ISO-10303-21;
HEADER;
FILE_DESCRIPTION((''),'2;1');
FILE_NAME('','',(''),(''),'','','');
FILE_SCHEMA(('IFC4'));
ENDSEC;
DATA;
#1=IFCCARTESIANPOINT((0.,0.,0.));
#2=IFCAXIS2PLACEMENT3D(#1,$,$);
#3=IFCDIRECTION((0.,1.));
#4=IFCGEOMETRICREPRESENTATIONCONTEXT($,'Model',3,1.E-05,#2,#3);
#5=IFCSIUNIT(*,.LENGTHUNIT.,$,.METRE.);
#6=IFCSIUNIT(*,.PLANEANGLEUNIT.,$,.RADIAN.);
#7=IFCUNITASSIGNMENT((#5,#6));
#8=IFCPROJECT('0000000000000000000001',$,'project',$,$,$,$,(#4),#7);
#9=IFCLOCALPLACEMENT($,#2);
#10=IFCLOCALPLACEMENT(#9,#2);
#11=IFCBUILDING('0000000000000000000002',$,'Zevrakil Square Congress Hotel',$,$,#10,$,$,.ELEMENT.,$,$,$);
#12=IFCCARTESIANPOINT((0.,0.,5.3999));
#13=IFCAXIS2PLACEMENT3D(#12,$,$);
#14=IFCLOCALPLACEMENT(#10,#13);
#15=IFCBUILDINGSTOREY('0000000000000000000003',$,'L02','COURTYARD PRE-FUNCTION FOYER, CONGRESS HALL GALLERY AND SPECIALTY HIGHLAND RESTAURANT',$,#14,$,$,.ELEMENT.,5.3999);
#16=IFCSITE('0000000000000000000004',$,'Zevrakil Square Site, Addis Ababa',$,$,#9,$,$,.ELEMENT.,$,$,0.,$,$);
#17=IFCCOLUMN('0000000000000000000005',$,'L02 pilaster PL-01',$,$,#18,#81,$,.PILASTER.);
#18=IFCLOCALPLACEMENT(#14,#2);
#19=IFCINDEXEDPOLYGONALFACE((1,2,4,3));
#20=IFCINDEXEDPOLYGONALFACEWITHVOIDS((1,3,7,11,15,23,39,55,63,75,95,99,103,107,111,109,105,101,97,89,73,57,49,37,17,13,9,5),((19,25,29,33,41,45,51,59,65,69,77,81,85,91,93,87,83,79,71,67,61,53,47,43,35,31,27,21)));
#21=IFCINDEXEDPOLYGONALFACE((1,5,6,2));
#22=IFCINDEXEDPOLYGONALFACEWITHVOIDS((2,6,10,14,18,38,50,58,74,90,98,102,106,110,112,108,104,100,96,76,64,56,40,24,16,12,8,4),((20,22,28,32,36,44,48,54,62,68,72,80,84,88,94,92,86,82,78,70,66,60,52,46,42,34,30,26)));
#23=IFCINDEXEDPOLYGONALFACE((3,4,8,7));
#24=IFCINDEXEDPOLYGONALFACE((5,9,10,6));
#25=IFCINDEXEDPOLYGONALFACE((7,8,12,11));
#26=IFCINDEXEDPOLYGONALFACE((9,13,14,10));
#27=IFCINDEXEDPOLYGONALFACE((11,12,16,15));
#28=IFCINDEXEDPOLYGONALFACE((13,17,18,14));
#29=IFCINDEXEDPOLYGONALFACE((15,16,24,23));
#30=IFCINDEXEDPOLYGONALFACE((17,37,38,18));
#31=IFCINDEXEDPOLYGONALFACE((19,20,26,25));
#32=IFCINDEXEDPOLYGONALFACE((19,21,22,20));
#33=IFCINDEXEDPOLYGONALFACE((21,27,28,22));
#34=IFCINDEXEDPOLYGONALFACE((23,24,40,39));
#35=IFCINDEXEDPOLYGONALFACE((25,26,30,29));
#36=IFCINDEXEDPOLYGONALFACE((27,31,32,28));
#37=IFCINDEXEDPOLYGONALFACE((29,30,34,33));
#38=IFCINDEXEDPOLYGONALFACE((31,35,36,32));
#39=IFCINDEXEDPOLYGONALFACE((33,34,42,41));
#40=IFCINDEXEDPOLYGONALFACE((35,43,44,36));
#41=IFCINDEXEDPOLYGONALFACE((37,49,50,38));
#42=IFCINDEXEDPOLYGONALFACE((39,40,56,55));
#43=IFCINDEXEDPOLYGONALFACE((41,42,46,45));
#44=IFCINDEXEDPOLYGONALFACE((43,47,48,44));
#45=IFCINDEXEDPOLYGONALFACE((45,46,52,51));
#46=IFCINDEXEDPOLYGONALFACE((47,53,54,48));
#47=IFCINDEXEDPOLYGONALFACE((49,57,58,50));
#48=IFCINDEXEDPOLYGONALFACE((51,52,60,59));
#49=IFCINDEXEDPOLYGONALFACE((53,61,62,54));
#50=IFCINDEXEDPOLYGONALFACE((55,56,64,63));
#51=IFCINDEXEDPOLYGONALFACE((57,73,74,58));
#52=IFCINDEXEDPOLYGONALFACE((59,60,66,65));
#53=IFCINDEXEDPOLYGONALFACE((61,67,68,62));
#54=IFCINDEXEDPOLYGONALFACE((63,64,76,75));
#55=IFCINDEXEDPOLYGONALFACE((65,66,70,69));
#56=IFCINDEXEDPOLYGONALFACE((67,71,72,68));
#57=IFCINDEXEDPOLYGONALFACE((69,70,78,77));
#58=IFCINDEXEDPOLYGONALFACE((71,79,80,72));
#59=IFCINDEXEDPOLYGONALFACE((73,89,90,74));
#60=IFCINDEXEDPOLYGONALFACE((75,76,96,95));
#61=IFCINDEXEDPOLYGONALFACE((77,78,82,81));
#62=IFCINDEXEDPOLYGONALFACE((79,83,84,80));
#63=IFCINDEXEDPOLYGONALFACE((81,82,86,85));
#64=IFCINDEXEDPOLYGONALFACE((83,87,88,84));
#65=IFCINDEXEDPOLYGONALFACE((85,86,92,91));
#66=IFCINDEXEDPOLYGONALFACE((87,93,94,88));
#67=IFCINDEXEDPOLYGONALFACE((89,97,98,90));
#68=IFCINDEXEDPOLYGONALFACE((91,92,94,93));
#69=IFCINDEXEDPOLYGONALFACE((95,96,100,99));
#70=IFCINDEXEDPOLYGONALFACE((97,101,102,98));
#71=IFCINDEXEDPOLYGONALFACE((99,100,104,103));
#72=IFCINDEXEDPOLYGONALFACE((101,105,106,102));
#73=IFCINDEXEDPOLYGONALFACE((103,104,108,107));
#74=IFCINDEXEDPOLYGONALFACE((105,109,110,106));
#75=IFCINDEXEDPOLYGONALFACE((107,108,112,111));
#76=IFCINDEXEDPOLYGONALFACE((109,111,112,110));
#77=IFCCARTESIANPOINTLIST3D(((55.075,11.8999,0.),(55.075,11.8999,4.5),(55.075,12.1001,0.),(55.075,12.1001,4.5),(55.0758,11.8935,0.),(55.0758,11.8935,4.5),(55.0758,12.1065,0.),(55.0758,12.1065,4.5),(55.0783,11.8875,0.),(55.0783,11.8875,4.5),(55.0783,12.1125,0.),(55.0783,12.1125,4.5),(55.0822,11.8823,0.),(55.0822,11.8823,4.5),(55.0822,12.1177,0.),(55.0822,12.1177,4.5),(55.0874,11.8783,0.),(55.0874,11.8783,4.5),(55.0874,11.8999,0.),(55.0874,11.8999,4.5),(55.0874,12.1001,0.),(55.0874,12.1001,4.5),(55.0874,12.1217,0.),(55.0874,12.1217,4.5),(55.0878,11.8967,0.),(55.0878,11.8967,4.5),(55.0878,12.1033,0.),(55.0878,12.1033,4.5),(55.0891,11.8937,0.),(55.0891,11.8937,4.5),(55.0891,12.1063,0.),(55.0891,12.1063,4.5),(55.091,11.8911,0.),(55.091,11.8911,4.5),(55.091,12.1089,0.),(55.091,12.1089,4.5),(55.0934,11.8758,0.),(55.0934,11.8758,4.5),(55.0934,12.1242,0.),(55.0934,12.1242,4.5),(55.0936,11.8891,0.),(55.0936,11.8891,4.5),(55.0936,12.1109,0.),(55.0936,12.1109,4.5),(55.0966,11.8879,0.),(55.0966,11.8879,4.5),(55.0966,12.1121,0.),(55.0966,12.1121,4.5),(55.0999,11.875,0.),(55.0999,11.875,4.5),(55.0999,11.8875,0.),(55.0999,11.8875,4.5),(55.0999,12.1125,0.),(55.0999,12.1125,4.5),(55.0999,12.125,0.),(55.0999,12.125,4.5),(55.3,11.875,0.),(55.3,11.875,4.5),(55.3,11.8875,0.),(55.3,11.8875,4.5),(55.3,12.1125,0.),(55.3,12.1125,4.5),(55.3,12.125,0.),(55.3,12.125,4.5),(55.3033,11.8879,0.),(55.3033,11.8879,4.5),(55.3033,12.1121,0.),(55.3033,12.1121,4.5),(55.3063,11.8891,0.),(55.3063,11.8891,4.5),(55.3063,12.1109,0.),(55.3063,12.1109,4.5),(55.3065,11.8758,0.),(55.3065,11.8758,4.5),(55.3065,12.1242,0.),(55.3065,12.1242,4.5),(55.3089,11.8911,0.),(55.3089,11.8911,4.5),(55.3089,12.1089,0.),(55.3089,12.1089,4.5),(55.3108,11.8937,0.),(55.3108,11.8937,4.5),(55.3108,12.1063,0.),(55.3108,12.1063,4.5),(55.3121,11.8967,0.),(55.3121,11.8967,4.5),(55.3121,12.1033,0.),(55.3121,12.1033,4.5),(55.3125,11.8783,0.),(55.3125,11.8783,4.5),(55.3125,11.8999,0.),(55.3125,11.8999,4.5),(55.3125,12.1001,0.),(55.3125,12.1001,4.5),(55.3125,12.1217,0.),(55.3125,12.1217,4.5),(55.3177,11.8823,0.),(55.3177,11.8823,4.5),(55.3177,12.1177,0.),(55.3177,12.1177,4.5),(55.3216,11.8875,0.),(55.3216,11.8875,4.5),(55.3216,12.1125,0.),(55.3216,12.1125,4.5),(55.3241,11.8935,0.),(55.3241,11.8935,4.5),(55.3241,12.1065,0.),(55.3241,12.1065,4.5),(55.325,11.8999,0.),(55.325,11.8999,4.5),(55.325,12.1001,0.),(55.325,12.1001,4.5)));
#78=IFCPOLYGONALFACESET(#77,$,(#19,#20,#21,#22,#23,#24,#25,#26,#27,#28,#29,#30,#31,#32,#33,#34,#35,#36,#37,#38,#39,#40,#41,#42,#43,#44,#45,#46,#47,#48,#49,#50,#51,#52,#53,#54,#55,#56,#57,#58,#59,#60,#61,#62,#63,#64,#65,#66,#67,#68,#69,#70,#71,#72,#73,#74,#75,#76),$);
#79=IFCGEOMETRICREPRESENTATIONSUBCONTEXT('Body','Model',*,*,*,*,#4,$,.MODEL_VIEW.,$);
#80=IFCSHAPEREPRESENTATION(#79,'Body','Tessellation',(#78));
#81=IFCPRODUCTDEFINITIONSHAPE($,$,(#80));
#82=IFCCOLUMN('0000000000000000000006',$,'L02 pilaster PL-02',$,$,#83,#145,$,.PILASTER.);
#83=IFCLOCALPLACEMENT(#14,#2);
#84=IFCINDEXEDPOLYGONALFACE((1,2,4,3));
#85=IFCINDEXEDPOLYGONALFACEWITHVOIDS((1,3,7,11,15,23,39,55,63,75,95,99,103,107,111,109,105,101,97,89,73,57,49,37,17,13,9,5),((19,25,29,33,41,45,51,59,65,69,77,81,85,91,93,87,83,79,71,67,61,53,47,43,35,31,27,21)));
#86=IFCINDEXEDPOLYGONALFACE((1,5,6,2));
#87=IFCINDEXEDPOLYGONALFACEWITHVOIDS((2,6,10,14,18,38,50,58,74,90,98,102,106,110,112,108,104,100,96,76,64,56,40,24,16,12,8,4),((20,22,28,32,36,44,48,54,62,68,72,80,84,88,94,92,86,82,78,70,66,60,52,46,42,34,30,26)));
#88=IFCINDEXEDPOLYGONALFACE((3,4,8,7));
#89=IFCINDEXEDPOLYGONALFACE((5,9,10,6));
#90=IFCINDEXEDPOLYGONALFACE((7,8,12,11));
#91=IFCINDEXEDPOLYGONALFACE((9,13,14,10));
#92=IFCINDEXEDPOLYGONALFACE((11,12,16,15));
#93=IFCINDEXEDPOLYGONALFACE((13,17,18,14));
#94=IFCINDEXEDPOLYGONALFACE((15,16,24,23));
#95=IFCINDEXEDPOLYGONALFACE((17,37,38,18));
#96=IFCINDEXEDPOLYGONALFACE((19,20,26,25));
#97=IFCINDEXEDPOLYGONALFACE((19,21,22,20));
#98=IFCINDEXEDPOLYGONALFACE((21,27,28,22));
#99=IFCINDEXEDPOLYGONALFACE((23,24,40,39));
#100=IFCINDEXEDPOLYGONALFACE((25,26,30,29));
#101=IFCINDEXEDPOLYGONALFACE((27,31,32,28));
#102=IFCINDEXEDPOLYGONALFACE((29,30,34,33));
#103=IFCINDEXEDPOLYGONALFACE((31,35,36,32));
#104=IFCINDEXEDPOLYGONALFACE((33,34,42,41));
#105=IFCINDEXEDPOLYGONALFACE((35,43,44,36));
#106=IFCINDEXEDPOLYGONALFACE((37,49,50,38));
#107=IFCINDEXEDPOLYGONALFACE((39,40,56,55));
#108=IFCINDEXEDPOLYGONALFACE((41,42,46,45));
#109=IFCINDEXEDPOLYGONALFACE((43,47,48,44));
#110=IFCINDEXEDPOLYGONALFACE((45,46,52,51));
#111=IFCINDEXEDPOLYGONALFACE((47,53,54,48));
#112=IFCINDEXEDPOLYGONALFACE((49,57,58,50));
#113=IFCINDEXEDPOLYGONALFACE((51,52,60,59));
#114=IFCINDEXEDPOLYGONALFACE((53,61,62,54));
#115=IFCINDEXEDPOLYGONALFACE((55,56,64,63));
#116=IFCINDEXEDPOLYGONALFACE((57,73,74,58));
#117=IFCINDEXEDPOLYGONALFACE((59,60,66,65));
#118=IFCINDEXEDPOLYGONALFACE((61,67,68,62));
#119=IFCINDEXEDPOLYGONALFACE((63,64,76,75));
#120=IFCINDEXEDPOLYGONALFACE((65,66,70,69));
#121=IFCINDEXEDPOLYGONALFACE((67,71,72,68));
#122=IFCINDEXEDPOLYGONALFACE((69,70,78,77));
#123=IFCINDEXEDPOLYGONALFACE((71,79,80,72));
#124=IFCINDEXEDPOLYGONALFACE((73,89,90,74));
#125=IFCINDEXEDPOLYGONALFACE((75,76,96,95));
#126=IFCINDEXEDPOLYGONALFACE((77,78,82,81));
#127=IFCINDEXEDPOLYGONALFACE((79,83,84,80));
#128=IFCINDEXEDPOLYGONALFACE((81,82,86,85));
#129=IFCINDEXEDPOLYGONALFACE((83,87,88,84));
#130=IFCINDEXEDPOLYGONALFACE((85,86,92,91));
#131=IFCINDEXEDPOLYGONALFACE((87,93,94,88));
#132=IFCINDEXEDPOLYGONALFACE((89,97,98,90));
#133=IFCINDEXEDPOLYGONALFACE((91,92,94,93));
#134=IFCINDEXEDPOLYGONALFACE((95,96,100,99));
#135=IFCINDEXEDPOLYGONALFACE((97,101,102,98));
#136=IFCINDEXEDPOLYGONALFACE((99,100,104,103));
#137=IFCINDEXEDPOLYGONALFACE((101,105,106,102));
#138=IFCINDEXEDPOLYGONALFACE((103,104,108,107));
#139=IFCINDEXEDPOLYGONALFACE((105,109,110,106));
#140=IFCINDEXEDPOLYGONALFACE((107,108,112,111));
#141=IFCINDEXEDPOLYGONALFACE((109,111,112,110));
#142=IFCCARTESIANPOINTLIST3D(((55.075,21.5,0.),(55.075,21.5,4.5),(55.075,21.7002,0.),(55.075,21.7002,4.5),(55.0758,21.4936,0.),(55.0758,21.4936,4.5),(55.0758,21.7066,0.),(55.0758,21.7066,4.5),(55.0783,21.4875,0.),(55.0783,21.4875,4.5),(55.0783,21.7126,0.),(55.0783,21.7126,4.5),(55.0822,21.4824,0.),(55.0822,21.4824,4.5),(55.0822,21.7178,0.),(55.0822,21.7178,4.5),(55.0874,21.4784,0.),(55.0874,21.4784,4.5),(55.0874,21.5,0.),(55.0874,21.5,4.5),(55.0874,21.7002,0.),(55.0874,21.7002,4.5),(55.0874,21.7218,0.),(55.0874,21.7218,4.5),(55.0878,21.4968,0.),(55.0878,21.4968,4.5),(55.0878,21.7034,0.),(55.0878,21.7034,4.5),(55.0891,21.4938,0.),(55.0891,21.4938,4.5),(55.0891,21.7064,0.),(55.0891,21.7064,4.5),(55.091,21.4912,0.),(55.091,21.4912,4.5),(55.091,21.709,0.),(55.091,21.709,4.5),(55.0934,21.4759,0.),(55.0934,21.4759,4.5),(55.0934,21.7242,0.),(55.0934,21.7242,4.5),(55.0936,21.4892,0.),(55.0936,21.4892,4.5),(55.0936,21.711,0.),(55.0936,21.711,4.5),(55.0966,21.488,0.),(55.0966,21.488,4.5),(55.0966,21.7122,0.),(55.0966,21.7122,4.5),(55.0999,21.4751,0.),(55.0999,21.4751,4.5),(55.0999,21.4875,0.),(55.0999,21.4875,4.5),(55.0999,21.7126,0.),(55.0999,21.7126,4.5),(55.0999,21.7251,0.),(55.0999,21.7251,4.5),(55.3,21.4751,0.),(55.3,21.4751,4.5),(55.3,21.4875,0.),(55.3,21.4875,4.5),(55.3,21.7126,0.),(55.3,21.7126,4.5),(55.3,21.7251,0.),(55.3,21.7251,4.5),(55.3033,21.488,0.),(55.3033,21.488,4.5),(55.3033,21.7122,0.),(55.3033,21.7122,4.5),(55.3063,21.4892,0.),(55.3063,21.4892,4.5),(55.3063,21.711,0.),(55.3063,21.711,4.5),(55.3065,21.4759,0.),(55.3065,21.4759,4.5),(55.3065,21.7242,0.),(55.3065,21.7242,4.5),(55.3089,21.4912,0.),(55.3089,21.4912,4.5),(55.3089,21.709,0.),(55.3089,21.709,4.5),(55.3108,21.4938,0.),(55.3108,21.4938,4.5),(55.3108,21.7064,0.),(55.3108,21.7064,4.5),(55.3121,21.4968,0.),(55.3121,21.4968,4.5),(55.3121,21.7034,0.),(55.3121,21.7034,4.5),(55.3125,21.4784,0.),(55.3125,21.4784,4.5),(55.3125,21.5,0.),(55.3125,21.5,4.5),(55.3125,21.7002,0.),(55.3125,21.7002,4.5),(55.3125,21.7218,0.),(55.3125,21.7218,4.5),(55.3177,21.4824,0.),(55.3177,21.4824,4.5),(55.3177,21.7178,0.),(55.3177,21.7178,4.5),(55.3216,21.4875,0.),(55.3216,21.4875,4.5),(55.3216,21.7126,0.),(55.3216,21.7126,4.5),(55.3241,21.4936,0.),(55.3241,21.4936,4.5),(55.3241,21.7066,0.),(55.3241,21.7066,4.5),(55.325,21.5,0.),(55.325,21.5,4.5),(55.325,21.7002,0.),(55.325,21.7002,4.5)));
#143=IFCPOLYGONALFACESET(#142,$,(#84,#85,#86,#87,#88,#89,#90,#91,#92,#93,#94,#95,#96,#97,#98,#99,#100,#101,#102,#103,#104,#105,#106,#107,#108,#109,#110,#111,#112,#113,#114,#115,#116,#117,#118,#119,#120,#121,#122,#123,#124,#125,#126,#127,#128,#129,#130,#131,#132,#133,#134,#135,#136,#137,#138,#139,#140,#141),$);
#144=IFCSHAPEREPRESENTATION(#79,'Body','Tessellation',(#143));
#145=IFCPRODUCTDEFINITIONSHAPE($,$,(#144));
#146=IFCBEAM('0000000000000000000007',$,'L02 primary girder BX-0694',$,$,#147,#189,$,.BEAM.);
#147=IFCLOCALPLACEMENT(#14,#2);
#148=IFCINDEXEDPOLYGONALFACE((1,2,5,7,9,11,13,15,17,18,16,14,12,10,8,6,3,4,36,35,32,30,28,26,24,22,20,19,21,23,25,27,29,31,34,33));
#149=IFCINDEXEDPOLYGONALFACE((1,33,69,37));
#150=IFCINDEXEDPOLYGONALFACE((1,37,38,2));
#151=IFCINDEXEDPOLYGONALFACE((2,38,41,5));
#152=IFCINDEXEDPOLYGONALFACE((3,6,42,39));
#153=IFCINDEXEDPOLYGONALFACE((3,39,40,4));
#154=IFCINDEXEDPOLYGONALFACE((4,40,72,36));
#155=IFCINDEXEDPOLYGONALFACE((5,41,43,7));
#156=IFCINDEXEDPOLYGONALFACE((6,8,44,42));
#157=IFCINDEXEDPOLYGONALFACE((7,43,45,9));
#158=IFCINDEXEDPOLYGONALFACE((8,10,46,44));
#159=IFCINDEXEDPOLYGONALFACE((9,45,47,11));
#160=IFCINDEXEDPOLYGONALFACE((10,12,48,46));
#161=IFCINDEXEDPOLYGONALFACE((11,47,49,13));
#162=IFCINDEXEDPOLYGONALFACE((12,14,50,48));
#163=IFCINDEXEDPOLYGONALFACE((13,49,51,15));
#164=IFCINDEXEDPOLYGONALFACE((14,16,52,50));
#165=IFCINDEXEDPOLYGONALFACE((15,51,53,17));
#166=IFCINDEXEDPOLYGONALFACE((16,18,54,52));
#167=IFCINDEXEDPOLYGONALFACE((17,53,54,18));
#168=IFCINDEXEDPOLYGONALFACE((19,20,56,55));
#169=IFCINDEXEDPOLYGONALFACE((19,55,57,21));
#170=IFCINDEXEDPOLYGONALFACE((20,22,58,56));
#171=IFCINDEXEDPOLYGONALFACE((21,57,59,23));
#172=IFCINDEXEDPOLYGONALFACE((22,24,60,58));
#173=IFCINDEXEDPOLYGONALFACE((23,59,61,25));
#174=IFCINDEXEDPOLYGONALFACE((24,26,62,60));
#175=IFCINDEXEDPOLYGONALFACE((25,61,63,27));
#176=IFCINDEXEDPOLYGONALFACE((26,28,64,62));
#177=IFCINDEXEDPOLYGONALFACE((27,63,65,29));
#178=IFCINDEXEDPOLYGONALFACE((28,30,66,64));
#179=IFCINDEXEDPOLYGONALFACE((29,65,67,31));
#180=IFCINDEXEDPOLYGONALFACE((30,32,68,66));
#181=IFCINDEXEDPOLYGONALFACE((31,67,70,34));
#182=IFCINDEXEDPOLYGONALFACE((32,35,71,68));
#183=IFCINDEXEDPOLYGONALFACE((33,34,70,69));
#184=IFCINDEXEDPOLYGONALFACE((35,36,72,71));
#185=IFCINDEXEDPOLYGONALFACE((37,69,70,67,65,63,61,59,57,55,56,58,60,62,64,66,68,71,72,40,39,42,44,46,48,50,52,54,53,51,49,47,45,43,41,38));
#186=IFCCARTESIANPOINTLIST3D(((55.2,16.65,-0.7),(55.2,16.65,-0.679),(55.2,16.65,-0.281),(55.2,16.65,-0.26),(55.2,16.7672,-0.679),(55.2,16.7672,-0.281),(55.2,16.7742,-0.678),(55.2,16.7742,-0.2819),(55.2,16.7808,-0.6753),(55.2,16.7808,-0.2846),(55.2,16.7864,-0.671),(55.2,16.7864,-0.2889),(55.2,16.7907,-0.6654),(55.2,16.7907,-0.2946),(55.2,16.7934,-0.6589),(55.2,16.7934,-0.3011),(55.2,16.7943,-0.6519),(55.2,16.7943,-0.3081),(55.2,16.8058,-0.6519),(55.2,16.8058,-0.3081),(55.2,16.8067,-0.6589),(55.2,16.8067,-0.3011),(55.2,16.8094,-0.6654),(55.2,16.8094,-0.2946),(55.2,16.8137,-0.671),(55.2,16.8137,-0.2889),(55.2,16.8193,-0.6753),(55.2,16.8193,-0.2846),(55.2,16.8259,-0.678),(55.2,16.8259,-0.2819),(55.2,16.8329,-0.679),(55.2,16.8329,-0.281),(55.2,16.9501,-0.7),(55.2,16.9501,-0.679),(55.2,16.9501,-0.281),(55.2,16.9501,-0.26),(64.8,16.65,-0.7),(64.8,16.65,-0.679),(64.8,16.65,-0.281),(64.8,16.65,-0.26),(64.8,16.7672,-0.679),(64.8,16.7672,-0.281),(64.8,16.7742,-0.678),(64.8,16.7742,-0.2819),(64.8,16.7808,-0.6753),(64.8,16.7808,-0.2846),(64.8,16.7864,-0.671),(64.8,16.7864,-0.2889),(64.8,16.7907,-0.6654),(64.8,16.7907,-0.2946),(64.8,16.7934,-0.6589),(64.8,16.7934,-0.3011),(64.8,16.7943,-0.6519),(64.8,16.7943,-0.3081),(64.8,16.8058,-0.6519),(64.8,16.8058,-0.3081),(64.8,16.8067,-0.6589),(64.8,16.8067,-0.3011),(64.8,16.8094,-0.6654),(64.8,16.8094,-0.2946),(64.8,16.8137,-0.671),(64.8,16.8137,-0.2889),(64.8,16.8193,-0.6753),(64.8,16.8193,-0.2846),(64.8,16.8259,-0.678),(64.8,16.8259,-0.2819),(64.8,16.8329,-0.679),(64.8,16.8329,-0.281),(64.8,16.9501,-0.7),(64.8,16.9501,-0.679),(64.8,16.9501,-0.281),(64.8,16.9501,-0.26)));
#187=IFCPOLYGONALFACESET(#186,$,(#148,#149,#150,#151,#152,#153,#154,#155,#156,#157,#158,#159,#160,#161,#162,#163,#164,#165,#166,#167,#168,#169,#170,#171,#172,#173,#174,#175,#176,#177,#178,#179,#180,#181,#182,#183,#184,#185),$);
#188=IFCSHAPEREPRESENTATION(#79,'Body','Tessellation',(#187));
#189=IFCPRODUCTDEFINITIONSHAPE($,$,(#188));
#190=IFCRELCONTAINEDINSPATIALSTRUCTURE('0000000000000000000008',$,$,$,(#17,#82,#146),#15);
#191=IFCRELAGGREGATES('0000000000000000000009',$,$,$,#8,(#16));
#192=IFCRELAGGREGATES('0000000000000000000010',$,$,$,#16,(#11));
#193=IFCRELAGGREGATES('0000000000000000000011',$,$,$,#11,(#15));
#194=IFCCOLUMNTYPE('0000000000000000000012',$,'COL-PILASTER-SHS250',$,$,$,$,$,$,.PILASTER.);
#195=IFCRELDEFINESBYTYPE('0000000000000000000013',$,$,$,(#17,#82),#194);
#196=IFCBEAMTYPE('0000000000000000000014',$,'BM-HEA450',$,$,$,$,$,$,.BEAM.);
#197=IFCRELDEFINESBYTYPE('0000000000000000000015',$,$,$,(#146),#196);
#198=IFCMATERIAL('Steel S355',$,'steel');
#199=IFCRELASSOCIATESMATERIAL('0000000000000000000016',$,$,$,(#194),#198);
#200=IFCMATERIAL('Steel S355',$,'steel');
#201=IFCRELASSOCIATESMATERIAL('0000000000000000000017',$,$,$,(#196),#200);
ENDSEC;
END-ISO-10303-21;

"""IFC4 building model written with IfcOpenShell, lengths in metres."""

from ifc_helpers import new_model, si_unit, direction, frame, origin, origin_2d, place, context, subcontext, project, spatial, hollow_rectangle, i_section, extrude, material, material_profile, profile_set, type_object, element, save


model = new_model("IFC4")

# Units and contexts
model_context = context("Model", 3, precision=1e-05, world=origin(), true_north=direction((0.0, 1.0)))
body_context = subcontext(model_context, "Body", "Model", "MODEL_VIEW")
ifc_project = project(units=[si_unit("LENGTHUNIT", "METRE"), si_unit("PLANEANGLEUNIT", "RADIAN")], contexts=[model_context])

# Site, building, storey
site_placement = place(None, origin())
site = spatial("IfcSite", under=ifc_project, at=site_placement, Name="Zevrakil Square Site, Addis Ababa", CompositionType="ELEMENT", RefElevation=0.0)
building_placement = place(site_placement, origin())
building = spatial("IfcBuilding", under=site, at=building_placement, Name="Zevrakil Square Congress Hotel", CompositionType="ELEMENT")
storey_placement = place(building_placement, frame((0.0, 0.0, 5.3999)))
storey = spatial("IfcBuildingStorey", under=building, at=storey_placement, Name="L02", Description="COURTYARD PRE-FUNCTION FOYER, CONGRESS HALL GALLERY AND SPECIALTY HIGHLAND RESTAURANT", CompositionType="ELEMENT", Elevation=5.3999)

# Columns
ifc_material_1 = material(Name="Steel S355", Category="steel")
ifc_material_profile_1 = material_profile(ifc_material_1, hollow_rectangle(XDim=0.25, YDim=0.25, WallThickness=0.0125, InnerFilletRadius=0.0125, OuterFilletRadius=0.0249, at=origin_2d()), Name="SHS 250x250x12.5")
ifc_profile_set_1 = profile_set([ifc_material_profile_1], Name="Steel S355")
column_type_1 = type_object("IfcColumnType", Name="COL-PILASTER-SHS250", PredefinedType="PILASTER", material=ifc_profile_set_1)
for number, where, z_axis, x_axis, name in (
    (1, (55.2, 12.0, 0.0), (0.0, 0.0, 1.0), (1.0, 0.0, 0.0), "L02 pilaster PL-01"),
    (2, (55.2, 21.6001, 0.0), (0.0, 0.0, 1.0), (1.0, 0.0, 0.0), "L02 pilaster PL-02"),
):
    element("IfcColumn", number, at=place(storey_placement, frame(where, z_axis=z_axis, x_axis=x_axis)), inside=storey, type_object=column_type_1, Name=name, PredefinedType="PILASTER", context=body_context, shape_type="SweptSolid", body=[
        extrude(hollow_rectangle(XDim=0.25, YDim=0.25, WallThickness=0.0125, InnerFilletRadius=0.0125, OuterFilletRadius=0.0249, at=origin_2d()), origin(), (0.0, 0.0, 1.0), 4.5),
    ])

# Beam
ifc_material_2 = material(Name="Steel S355", Category="steel")
ifc_material_profile_2 = material_profile(ifc_material_2, i_section(OverallWidth=0.3, OverallDepth=0.4399, WebThickness=0.0115, FlangeThickness=0.021, FilletRadius=0.0271, at=origin_2d()), Name="HEA 450")
ifc_profile_set_2 = profile_set([ifc_material_profile_2], Name="Steel S355")
beam_type_1 = type_object("IfcBeamType", Name="BM-HEA450", PredefinedType="BEAM", material=ifc_profile_set_2)
beam_1_placement = place(storey_placement, frame((55.2, 16.8, -0.48), z_axis=(1.0, 0.0, 0.0), x_axis=(0.0, 1.0, 0.0)))
element("IfcBeam", 3, at=beam_1_placement, inside=storey, type_object=beam_type_1, Name="L02 primary girder BX-0694", PredefinedType="BEAM", context=body_context, shape_type="SweptSolid", body=[
    extrude(i_section(OverallWidth=0.3, OverallDepth=0.4399, WebThickness=0.0115, FlangeThickness=0.021, FilletRadius=0.0271, at=origin_2d()), origin(), (0.0, 0.0, 1.0), 9.6001),
])

save(model, "model.ifc")
